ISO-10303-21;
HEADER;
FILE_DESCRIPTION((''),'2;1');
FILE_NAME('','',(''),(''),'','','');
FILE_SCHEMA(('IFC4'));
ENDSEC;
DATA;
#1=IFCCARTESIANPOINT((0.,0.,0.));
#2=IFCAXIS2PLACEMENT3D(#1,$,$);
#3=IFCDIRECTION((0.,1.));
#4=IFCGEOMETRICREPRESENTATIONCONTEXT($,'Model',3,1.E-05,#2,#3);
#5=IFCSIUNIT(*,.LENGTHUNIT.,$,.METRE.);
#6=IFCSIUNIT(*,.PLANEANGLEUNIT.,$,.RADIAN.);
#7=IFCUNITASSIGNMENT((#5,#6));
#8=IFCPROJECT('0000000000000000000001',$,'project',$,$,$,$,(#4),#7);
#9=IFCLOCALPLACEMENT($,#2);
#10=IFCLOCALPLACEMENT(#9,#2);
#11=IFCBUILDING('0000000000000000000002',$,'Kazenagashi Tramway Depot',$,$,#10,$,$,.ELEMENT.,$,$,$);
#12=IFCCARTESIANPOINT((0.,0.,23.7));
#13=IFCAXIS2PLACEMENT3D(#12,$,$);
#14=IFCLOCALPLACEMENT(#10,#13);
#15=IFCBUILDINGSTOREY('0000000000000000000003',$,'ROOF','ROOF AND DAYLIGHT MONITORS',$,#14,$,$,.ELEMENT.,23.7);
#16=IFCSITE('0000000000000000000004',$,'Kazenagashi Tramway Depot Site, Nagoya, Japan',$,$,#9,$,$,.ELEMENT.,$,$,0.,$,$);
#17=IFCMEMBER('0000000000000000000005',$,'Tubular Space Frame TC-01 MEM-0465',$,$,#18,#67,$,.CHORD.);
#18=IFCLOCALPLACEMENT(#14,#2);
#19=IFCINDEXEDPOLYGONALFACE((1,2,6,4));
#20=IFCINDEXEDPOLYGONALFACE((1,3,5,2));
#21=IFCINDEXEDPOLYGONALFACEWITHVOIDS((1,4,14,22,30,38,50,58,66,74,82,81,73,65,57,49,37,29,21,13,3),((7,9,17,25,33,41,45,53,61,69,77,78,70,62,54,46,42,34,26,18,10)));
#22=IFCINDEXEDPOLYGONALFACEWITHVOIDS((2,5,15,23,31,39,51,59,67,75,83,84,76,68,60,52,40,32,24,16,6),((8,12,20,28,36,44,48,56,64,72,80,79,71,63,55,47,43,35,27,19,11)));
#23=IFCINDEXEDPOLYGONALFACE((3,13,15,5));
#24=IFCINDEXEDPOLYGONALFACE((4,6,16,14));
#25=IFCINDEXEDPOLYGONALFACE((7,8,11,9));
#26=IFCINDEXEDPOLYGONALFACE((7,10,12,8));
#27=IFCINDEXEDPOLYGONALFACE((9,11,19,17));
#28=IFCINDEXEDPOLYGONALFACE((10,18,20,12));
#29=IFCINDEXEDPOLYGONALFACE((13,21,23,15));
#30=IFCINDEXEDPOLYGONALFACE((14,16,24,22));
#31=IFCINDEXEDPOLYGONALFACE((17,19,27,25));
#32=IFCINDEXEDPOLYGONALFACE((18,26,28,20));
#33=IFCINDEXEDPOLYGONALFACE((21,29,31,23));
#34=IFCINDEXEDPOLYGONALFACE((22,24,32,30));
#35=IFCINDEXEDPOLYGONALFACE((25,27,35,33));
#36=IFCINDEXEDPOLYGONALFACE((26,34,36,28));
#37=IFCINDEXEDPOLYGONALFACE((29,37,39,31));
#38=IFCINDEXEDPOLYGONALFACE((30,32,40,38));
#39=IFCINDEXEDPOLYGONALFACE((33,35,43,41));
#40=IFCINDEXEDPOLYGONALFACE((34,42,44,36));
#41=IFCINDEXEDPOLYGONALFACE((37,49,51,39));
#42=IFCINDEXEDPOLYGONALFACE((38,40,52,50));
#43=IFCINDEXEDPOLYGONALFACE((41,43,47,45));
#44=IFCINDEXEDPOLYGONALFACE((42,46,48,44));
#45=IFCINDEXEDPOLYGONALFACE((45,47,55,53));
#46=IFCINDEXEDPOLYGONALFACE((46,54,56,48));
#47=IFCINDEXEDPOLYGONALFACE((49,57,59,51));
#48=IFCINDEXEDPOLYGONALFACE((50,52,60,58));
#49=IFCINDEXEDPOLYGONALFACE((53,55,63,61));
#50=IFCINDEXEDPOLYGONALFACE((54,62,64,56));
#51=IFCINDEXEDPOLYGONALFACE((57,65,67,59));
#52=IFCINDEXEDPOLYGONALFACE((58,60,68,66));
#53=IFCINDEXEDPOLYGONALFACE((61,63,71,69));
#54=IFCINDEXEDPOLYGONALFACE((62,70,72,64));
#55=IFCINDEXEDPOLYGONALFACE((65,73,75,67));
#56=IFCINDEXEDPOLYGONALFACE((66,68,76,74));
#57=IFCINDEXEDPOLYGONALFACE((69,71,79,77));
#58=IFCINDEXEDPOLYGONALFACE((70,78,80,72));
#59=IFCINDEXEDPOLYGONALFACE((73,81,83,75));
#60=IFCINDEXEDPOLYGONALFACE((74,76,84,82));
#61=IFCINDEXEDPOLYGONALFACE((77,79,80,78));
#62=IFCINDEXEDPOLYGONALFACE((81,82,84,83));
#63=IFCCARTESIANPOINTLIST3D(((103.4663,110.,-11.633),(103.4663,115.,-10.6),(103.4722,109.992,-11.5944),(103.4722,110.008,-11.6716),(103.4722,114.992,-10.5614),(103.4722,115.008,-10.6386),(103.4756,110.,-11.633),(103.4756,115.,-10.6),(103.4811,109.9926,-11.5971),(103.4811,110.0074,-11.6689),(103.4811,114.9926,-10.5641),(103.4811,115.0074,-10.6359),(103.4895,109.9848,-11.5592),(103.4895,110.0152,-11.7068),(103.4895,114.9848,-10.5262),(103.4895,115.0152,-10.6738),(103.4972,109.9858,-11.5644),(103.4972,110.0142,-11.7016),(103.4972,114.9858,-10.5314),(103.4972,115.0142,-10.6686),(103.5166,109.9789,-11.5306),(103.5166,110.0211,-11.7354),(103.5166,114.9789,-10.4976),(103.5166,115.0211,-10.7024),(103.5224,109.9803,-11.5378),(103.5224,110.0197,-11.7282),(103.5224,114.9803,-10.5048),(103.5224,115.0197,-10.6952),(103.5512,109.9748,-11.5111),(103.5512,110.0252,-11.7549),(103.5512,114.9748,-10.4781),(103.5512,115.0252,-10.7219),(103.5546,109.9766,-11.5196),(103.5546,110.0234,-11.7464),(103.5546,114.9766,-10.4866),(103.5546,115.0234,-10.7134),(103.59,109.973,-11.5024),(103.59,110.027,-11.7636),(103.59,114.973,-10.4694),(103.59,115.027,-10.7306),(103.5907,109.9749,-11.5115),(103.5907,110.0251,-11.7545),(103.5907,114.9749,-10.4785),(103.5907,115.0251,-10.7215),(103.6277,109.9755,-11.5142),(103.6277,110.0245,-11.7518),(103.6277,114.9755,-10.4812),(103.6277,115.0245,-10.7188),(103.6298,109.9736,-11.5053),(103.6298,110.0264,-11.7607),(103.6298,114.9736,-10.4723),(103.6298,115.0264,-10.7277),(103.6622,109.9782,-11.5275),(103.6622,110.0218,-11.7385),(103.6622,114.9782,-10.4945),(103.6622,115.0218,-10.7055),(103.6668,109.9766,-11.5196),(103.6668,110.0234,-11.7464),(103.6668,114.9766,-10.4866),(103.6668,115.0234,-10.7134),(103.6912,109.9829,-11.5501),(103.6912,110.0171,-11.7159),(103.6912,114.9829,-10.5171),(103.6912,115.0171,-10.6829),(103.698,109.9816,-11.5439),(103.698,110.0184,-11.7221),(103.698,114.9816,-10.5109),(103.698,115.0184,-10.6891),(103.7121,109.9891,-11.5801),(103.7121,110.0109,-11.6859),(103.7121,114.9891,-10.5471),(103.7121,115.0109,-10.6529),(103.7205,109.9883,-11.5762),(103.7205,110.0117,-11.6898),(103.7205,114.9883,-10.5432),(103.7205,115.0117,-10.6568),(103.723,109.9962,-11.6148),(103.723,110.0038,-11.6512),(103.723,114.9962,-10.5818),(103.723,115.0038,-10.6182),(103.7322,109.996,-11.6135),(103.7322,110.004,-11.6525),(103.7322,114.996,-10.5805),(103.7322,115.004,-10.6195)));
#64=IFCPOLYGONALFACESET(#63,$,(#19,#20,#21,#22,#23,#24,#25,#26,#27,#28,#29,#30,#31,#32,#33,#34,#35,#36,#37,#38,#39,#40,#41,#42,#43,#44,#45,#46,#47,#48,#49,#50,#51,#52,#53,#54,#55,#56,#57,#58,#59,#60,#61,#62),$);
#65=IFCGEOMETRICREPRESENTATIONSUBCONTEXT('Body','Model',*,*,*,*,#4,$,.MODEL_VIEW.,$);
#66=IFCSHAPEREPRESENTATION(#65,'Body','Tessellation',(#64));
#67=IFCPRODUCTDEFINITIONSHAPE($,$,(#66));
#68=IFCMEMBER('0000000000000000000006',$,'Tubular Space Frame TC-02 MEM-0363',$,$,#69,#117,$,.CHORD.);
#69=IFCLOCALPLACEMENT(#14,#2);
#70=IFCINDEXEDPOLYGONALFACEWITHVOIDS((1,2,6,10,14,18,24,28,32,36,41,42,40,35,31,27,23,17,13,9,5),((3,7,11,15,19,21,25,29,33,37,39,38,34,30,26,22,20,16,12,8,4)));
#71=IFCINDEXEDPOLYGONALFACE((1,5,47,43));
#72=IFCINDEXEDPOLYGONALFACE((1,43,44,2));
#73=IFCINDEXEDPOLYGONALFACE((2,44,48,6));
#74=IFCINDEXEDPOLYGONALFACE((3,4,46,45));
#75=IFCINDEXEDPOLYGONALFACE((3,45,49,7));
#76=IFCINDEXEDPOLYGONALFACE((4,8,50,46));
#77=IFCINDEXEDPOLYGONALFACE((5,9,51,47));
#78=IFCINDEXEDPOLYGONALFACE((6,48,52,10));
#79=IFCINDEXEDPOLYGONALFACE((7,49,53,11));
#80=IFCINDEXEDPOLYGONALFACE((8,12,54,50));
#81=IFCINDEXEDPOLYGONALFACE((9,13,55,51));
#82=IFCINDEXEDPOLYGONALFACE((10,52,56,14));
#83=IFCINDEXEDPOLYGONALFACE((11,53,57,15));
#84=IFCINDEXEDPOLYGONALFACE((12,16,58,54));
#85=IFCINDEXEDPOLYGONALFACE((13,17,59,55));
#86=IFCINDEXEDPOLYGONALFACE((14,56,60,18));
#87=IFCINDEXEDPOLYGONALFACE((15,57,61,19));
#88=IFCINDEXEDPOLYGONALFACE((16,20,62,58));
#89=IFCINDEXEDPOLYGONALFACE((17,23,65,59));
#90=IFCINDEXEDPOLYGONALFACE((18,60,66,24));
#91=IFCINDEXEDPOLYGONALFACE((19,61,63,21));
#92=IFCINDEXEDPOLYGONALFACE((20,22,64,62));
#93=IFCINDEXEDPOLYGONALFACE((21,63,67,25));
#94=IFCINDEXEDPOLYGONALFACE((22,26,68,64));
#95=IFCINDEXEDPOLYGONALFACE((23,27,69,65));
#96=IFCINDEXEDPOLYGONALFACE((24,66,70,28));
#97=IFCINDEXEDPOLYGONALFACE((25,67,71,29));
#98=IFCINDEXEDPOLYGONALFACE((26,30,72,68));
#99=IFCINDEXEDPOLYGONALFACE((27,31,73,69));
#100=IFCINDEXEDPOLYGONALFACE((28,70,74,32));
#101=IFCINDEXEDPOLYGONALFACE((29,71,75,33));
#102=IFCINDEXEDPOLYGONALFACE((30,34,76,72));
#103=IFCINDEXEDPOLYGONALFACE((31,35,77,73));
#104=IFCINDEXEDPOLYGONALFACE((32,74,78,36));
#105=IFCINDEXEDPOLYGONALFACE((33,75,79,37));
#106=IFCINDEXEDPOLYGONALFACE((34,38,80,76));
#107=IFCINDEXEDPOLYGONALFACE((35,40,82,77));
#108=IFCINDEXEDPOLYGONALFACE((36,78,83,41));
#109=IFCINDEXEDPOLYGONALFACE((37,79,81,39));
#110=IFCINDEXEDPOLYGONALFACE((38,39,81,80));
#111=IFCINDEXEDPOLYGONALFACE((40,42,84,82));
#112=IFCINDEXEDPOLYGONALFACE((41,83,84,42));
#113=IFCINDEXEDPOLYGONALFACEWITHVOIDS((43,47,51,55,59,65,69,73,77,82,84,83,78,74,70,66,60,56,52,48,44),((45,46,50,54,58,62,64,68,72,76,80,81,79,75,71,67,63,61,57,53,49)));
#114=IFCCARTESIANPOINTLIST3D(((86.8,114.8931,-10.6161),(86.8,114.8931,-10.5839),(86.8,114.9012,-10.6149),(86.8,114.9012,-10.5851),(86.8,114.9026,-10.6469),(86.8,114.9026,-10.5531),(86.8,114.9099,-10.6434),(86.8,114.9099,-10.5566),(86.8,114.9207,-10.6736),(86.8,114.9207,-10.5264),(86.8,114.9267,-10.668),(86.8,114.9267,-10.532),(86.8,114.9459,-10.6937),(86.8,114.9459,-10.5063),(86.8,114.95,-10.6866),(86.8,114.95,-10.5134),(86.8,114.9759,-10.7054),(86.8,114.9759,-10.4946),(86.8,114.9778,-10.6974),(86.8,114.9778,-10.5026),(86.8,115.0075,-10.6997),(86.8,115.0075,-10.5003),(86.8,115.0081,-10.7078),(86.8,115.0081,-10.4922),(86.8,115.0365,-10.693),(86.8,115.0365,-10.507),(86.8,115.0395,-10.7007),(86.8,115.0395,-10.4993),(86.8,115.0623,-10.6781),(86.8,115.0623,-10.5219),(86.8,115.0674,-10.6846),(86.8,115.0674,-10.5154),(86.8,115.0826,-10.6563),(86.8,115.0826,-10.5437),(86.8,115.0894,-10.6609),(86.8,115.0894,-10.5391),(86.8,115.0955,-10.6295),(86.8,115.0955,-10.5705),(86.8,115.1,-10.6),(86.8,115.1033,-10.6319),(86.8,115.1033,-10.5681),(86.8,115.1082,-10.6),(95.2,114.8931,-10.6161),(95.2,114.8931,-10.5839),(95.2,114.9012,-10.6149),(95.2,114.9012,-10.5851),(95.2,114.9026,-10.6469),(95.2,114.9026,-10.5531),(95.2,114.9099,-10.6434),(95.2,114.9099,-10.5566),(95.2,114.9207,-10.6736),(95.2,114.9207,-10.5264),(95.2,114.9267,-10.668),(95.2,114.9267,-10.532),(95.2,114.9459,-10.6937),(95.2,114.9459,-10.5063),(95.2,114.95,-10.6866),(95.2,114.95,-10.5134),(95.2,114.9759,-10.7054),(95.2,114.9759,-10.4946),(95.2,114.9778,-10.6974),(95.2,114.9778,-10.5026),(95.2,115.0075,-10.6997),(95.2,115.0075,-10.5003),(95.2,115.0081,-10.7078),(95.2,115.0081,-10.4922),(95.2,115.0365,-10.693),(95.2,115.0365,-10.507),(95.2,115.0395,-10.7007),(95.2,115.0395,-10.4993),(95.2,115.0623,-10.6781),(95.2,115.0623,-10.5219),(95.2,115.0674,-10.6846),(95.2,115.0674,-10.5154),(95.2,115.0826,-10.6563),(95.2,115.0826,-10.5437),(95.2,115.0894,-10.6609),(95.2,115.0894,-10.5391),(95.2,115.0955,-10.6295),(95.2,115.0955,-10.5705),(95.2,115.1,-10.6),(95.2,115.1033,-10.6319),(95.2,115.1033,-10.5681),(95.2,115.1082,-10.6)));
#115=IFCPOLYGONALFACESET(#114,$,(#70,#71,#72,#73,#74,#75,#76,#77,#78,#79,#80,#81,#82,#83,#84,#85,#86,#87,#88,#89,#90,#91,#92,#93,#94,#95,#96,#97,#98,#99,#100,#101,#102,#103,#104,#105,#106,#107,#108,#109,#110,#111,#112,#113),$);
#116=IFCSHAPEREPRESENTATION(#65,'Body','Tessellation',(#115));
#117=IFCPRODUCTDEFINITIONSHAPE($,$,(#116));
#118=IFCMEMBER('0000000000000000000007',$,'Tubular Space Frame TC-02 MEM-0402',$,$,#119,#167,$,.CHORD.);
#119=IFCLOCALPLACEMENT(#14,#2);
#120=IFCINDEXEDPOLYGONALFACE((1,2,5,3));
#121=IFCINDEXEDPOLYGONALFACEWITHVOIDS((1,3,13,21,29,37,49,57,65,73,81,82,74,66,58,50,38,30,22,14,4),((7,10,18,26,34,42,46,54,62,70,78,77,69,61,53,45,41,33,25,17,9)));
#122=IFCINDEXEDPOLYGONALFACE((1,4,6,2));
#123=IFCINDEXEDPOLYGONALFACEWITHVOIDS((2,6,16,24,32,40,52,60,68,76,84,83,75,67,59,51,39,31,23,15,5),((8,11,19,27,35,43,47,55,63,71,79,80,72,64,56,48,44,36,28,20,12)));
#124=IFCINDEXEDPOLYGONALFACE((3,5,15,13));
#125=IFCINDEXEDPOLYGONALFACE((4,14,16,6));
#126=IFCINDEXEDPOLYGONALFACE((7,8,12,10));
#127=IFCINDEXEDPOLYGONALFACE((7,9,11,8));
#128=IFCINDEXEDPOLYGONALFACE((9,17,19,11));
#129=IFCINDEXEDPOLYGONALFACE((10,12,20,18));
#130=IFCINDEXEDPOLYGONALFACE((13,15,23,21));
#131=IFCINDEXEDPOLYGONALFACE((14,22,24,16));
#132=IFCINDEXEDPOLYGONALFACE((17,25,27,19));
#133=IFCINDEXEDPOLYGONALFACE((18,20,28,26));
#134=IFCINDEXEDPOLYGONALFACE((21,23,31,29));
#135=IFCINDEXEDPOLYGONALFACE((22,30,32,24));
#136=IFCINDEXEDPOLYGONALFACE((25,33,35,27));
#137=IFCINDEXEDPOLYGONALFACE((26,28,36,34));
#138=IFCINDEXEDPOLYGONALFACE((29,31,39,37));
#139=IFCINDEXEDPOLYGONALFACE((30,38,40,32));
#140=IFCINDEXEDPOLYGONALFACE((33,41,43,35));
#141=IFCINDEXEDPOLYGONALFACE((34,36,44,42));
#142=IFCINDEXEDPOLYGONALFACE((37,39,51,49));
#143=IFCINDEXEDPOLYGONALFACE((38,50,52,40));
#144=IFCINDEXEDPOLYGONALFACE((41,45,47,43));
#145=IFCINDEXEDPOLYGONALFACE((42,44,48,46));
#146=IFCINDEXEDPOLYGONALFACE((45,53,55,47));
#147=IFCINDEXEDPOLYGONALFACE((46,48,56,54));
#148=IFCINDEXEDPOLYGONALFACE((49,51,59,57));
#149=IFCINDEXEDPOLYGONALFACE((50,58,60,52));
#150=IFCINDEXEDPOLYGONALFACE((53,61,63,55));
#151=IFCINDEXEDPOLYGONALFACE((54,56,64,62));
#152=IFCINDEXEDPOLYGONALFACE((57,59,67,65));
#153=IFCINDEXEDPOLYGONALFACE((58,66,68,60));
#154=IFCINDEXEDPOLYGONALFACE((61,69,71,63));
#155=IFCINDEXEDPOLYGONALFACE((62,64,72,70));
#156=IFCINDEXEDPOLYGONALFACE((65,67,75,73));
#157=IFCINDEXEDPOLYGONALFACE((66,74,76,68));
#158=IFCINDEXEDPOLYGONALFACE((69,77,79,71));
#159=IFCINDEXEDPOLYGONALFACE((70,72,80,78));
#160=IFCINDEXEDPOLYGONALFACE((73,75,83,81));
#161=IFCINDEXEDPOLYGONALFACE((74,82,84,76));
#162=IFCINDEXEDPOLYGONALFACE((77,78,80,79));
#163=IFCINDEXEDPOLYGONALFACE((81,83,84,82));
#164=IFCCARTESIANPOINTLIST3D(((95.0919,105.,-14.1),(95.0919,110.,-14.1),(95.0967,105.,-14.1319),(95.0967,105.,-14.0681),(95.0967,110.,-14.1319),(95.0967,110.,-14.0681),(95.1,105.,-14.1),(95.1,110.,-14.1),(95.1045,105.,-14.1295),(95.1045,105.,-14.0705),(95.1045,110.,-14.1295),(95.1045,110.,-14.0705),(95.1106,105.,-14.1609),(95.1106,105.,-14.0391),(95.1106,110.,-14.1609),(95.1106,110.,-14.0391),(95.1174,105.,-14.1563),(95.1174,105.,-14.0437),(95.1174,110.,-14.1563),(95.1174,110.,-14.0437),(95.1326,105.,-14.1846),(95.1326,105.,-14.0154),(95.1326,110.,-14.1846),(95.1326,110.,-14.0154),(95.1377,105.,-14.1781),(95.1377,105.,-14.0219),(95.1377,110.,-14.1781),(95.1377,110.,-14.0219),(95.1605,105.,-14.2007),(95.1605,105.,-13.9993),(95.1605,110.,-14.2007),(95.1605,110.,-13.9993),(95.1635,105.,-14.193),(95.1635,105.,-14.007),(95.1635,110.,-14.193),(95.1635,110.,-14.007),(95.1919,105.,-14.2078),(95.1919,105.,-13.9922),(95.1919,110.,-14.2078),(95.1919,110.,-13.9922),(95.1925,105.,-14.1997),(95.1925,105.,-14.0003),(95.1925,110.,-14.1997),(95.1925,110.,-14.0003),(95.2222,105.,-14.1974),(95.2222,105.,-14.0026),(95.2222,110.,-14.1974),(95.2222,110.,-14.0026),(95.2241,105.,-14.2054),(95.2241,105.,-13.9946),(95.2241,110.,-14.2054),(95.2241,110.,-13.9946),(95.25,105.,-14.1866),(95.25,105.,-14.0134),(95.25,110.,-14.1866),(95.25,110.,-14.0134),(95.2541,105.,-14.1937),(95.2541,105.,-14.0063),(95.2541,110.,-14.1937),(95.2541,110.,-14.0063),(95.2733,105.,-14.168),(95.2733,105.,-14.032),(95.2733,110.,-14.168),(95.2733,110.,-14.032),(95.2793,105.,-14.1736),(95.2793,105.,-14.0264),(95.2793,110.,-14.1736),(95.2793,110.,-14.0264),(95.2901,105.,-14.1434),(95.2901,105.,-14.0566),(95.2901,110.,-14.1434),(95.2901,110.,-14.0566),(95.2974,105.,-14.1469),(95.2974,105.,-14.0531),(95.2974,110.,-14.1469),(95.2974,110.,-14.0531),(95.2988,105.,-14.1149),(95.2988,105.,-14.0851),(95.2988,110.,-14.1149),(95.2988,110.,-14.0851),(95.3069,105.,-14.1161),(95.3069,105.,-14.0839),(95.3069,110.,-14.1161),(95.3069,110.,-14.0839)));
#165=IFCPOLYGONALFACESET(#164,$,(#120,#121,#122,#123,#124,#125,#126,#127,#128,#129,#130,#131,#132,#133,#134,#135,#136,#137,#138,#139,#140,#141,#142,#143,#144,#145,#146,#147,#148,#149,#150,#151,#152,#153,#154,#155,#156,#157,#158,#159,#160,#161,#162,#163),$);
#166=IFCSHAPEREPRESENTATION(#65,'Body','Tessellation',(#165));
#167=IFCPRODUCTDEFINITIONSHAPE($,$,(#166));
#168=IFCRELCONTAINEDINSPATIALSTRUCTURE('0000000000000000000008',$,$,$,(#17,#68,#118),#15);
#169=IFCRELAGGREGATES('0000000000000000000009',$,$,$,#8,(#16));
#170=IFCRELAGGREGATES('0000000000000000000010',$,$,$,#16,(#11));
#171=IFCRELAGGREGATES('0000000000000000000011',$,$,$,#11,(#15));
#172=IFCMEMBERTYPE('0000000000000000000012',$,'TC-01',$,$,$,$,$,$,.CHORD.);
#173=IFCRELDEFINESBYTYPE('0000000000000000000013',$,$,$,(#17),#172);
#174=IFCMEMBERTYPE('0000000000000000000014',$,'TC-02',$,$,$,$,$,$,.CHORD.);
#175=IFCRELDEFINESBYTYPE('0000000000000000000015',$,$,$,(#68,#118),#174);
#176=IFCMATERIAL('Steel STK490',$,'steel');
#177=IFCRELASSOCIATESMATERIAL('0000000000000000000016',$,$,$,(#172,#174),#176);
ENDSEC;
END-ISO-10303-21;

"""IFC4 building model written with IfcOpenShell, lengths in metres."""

from ifc_helpers import new_model, si_unit, direction, frame, origin, origin_2d, place, context, subcontext, project, spatial, hollow_circle, extrude, material, material_profile, profile_set, type_object, element, save


model = new_model("IFC4")

# Units and contexts
model_context = context("Model", 3, precision=1e-05, world=origin(), true_north=direction((0.0, 1.0)))
body_context = subcontext(model_context, "Body", "Model", "MODEL_VIEW")
ifc_project = project(units=[si_unit("LENGTHUNIT", "METRE"), si_unit("PLANEANGLEUNIT", "RADIAN")], contexts=[model_context])

# Site, building, storey
site_placement = place(None, origin())
site = spatial("IfcSite", under=ifc_project, at=site_placement, Name="Kazenagashi Tramway Depot Site, Nagoya, Japan", CompositionType="ELEMENT", RefElevation=0.0)
building_placement = place(site_placement, origin())
building = spatial("IfcBuilding", under=site, at=building_placement, Name="Kazenagashi Tramway Depot", CompositionType="ELEMENT")
storey_placement = place(building_placement, frame((0.0, 0.0, 23.7)))
storey = spatial("IfcBuildingStorey", under=building, at=storey_placement, Name="ROOF", Description="ROOF AND DAYLIGHT MONITORS", CompositionType="ELEMENT", Elevation=23.7)

# Members
ifc_material_1 = material(Name="Steel STK490", Category="steel")
ifc_material_profile_1 = material_profile(ifc_material_1, hollow_circle(Radius=0.1337, WallThickness=0.0093, at=origin_2d()), Name="CHS-267.4x9.3")
ifc_profile_set_1 = profile_set([ifc_material_profile_1], Name="Steel STK490")
member_type_1 = type_object("IfcMemberType", Name="TC-01", PredefinedType="CHORD", material=ifc_profile_set_1)
member_1_placement = place(storey_placement, frame((103.6, 110.0, -11.633), z_axis=(0.0, 0.979318, 0.202327), x_axis=(-1.0, 0.0, 0.0)))
element("IfcMember", 1, at=member_1_placement, inside=storey, type_object=member_type_1, Name="Tubular Space Frame TC-01 MEM-0465", PredefinedType="CHORD", context=body_context, shape_type="SweptSolid", body=[
    extrude(hollow_circle(Radius=0.1337, WallThickness=0.0093, at=origin_2d()), origin(), (0.0, 0.0, 1.0), 5.1056),
])
ifc_material_profile_2 = material_profile(ifc_material_1, hollow_circle(Radius=0.1081, WallThickness=0.0082, at=origin_2d()), Name="CHS-216.3x8.2")
ifc_profile_set_2 = profile_set([ifc_material_profile_2], Name="Steel STK490")
member_type_2 = type_object("IfcMemberType", Name="TC-02", PredefinedType="CHORD", material=ifc_profile_set_2)
member_2_placement = place(storey_placement, frame((86.8, 115.0, -10.6), z_axis=(1.0, 0.0, 0.0), x_axis=(0.0, 1.0, 0.0)))
element("IfcMember", 2, at=member_2_placement, inside=storey, type_object=member_type_2, Name="Tubular Space Frame TC-02 MEM-0363", PredefinedType="CHORD", context=body_context, shape_type="SweptSolid", body=[
    extrude(hollow_circle(Radius=0.1081, WallThickness=0.0082, at=origin_2d()), origin(), (0.0, 0.0, 1.0), 8.4),
])
for number, where, z_axis, x_axis, name in (
    (3, (95.2, 105.0, -14.1), (0.0, 1.0, 0.0), (-1.0, 0.0, 0.0), "Tubular Space Frame TC-02 MEM-0402"),
):
    element("IfcMember", number, at=place(storey_placement, frame(where, z_axis=z_axis, x_axis=x_axis)), inside=storey, type_object=member_type_2, Name=name, PredefinedType="CHORD", context=body_context, shape_type="SweptSolid", body=[
        extrude(hollow_circle(Radius=0.1081, WallThickness=0.0082, at=origin_2d()), origin(), (0.0, 0.0, 1.0), 5.0),
    ])

save(model, "model.ifc")
